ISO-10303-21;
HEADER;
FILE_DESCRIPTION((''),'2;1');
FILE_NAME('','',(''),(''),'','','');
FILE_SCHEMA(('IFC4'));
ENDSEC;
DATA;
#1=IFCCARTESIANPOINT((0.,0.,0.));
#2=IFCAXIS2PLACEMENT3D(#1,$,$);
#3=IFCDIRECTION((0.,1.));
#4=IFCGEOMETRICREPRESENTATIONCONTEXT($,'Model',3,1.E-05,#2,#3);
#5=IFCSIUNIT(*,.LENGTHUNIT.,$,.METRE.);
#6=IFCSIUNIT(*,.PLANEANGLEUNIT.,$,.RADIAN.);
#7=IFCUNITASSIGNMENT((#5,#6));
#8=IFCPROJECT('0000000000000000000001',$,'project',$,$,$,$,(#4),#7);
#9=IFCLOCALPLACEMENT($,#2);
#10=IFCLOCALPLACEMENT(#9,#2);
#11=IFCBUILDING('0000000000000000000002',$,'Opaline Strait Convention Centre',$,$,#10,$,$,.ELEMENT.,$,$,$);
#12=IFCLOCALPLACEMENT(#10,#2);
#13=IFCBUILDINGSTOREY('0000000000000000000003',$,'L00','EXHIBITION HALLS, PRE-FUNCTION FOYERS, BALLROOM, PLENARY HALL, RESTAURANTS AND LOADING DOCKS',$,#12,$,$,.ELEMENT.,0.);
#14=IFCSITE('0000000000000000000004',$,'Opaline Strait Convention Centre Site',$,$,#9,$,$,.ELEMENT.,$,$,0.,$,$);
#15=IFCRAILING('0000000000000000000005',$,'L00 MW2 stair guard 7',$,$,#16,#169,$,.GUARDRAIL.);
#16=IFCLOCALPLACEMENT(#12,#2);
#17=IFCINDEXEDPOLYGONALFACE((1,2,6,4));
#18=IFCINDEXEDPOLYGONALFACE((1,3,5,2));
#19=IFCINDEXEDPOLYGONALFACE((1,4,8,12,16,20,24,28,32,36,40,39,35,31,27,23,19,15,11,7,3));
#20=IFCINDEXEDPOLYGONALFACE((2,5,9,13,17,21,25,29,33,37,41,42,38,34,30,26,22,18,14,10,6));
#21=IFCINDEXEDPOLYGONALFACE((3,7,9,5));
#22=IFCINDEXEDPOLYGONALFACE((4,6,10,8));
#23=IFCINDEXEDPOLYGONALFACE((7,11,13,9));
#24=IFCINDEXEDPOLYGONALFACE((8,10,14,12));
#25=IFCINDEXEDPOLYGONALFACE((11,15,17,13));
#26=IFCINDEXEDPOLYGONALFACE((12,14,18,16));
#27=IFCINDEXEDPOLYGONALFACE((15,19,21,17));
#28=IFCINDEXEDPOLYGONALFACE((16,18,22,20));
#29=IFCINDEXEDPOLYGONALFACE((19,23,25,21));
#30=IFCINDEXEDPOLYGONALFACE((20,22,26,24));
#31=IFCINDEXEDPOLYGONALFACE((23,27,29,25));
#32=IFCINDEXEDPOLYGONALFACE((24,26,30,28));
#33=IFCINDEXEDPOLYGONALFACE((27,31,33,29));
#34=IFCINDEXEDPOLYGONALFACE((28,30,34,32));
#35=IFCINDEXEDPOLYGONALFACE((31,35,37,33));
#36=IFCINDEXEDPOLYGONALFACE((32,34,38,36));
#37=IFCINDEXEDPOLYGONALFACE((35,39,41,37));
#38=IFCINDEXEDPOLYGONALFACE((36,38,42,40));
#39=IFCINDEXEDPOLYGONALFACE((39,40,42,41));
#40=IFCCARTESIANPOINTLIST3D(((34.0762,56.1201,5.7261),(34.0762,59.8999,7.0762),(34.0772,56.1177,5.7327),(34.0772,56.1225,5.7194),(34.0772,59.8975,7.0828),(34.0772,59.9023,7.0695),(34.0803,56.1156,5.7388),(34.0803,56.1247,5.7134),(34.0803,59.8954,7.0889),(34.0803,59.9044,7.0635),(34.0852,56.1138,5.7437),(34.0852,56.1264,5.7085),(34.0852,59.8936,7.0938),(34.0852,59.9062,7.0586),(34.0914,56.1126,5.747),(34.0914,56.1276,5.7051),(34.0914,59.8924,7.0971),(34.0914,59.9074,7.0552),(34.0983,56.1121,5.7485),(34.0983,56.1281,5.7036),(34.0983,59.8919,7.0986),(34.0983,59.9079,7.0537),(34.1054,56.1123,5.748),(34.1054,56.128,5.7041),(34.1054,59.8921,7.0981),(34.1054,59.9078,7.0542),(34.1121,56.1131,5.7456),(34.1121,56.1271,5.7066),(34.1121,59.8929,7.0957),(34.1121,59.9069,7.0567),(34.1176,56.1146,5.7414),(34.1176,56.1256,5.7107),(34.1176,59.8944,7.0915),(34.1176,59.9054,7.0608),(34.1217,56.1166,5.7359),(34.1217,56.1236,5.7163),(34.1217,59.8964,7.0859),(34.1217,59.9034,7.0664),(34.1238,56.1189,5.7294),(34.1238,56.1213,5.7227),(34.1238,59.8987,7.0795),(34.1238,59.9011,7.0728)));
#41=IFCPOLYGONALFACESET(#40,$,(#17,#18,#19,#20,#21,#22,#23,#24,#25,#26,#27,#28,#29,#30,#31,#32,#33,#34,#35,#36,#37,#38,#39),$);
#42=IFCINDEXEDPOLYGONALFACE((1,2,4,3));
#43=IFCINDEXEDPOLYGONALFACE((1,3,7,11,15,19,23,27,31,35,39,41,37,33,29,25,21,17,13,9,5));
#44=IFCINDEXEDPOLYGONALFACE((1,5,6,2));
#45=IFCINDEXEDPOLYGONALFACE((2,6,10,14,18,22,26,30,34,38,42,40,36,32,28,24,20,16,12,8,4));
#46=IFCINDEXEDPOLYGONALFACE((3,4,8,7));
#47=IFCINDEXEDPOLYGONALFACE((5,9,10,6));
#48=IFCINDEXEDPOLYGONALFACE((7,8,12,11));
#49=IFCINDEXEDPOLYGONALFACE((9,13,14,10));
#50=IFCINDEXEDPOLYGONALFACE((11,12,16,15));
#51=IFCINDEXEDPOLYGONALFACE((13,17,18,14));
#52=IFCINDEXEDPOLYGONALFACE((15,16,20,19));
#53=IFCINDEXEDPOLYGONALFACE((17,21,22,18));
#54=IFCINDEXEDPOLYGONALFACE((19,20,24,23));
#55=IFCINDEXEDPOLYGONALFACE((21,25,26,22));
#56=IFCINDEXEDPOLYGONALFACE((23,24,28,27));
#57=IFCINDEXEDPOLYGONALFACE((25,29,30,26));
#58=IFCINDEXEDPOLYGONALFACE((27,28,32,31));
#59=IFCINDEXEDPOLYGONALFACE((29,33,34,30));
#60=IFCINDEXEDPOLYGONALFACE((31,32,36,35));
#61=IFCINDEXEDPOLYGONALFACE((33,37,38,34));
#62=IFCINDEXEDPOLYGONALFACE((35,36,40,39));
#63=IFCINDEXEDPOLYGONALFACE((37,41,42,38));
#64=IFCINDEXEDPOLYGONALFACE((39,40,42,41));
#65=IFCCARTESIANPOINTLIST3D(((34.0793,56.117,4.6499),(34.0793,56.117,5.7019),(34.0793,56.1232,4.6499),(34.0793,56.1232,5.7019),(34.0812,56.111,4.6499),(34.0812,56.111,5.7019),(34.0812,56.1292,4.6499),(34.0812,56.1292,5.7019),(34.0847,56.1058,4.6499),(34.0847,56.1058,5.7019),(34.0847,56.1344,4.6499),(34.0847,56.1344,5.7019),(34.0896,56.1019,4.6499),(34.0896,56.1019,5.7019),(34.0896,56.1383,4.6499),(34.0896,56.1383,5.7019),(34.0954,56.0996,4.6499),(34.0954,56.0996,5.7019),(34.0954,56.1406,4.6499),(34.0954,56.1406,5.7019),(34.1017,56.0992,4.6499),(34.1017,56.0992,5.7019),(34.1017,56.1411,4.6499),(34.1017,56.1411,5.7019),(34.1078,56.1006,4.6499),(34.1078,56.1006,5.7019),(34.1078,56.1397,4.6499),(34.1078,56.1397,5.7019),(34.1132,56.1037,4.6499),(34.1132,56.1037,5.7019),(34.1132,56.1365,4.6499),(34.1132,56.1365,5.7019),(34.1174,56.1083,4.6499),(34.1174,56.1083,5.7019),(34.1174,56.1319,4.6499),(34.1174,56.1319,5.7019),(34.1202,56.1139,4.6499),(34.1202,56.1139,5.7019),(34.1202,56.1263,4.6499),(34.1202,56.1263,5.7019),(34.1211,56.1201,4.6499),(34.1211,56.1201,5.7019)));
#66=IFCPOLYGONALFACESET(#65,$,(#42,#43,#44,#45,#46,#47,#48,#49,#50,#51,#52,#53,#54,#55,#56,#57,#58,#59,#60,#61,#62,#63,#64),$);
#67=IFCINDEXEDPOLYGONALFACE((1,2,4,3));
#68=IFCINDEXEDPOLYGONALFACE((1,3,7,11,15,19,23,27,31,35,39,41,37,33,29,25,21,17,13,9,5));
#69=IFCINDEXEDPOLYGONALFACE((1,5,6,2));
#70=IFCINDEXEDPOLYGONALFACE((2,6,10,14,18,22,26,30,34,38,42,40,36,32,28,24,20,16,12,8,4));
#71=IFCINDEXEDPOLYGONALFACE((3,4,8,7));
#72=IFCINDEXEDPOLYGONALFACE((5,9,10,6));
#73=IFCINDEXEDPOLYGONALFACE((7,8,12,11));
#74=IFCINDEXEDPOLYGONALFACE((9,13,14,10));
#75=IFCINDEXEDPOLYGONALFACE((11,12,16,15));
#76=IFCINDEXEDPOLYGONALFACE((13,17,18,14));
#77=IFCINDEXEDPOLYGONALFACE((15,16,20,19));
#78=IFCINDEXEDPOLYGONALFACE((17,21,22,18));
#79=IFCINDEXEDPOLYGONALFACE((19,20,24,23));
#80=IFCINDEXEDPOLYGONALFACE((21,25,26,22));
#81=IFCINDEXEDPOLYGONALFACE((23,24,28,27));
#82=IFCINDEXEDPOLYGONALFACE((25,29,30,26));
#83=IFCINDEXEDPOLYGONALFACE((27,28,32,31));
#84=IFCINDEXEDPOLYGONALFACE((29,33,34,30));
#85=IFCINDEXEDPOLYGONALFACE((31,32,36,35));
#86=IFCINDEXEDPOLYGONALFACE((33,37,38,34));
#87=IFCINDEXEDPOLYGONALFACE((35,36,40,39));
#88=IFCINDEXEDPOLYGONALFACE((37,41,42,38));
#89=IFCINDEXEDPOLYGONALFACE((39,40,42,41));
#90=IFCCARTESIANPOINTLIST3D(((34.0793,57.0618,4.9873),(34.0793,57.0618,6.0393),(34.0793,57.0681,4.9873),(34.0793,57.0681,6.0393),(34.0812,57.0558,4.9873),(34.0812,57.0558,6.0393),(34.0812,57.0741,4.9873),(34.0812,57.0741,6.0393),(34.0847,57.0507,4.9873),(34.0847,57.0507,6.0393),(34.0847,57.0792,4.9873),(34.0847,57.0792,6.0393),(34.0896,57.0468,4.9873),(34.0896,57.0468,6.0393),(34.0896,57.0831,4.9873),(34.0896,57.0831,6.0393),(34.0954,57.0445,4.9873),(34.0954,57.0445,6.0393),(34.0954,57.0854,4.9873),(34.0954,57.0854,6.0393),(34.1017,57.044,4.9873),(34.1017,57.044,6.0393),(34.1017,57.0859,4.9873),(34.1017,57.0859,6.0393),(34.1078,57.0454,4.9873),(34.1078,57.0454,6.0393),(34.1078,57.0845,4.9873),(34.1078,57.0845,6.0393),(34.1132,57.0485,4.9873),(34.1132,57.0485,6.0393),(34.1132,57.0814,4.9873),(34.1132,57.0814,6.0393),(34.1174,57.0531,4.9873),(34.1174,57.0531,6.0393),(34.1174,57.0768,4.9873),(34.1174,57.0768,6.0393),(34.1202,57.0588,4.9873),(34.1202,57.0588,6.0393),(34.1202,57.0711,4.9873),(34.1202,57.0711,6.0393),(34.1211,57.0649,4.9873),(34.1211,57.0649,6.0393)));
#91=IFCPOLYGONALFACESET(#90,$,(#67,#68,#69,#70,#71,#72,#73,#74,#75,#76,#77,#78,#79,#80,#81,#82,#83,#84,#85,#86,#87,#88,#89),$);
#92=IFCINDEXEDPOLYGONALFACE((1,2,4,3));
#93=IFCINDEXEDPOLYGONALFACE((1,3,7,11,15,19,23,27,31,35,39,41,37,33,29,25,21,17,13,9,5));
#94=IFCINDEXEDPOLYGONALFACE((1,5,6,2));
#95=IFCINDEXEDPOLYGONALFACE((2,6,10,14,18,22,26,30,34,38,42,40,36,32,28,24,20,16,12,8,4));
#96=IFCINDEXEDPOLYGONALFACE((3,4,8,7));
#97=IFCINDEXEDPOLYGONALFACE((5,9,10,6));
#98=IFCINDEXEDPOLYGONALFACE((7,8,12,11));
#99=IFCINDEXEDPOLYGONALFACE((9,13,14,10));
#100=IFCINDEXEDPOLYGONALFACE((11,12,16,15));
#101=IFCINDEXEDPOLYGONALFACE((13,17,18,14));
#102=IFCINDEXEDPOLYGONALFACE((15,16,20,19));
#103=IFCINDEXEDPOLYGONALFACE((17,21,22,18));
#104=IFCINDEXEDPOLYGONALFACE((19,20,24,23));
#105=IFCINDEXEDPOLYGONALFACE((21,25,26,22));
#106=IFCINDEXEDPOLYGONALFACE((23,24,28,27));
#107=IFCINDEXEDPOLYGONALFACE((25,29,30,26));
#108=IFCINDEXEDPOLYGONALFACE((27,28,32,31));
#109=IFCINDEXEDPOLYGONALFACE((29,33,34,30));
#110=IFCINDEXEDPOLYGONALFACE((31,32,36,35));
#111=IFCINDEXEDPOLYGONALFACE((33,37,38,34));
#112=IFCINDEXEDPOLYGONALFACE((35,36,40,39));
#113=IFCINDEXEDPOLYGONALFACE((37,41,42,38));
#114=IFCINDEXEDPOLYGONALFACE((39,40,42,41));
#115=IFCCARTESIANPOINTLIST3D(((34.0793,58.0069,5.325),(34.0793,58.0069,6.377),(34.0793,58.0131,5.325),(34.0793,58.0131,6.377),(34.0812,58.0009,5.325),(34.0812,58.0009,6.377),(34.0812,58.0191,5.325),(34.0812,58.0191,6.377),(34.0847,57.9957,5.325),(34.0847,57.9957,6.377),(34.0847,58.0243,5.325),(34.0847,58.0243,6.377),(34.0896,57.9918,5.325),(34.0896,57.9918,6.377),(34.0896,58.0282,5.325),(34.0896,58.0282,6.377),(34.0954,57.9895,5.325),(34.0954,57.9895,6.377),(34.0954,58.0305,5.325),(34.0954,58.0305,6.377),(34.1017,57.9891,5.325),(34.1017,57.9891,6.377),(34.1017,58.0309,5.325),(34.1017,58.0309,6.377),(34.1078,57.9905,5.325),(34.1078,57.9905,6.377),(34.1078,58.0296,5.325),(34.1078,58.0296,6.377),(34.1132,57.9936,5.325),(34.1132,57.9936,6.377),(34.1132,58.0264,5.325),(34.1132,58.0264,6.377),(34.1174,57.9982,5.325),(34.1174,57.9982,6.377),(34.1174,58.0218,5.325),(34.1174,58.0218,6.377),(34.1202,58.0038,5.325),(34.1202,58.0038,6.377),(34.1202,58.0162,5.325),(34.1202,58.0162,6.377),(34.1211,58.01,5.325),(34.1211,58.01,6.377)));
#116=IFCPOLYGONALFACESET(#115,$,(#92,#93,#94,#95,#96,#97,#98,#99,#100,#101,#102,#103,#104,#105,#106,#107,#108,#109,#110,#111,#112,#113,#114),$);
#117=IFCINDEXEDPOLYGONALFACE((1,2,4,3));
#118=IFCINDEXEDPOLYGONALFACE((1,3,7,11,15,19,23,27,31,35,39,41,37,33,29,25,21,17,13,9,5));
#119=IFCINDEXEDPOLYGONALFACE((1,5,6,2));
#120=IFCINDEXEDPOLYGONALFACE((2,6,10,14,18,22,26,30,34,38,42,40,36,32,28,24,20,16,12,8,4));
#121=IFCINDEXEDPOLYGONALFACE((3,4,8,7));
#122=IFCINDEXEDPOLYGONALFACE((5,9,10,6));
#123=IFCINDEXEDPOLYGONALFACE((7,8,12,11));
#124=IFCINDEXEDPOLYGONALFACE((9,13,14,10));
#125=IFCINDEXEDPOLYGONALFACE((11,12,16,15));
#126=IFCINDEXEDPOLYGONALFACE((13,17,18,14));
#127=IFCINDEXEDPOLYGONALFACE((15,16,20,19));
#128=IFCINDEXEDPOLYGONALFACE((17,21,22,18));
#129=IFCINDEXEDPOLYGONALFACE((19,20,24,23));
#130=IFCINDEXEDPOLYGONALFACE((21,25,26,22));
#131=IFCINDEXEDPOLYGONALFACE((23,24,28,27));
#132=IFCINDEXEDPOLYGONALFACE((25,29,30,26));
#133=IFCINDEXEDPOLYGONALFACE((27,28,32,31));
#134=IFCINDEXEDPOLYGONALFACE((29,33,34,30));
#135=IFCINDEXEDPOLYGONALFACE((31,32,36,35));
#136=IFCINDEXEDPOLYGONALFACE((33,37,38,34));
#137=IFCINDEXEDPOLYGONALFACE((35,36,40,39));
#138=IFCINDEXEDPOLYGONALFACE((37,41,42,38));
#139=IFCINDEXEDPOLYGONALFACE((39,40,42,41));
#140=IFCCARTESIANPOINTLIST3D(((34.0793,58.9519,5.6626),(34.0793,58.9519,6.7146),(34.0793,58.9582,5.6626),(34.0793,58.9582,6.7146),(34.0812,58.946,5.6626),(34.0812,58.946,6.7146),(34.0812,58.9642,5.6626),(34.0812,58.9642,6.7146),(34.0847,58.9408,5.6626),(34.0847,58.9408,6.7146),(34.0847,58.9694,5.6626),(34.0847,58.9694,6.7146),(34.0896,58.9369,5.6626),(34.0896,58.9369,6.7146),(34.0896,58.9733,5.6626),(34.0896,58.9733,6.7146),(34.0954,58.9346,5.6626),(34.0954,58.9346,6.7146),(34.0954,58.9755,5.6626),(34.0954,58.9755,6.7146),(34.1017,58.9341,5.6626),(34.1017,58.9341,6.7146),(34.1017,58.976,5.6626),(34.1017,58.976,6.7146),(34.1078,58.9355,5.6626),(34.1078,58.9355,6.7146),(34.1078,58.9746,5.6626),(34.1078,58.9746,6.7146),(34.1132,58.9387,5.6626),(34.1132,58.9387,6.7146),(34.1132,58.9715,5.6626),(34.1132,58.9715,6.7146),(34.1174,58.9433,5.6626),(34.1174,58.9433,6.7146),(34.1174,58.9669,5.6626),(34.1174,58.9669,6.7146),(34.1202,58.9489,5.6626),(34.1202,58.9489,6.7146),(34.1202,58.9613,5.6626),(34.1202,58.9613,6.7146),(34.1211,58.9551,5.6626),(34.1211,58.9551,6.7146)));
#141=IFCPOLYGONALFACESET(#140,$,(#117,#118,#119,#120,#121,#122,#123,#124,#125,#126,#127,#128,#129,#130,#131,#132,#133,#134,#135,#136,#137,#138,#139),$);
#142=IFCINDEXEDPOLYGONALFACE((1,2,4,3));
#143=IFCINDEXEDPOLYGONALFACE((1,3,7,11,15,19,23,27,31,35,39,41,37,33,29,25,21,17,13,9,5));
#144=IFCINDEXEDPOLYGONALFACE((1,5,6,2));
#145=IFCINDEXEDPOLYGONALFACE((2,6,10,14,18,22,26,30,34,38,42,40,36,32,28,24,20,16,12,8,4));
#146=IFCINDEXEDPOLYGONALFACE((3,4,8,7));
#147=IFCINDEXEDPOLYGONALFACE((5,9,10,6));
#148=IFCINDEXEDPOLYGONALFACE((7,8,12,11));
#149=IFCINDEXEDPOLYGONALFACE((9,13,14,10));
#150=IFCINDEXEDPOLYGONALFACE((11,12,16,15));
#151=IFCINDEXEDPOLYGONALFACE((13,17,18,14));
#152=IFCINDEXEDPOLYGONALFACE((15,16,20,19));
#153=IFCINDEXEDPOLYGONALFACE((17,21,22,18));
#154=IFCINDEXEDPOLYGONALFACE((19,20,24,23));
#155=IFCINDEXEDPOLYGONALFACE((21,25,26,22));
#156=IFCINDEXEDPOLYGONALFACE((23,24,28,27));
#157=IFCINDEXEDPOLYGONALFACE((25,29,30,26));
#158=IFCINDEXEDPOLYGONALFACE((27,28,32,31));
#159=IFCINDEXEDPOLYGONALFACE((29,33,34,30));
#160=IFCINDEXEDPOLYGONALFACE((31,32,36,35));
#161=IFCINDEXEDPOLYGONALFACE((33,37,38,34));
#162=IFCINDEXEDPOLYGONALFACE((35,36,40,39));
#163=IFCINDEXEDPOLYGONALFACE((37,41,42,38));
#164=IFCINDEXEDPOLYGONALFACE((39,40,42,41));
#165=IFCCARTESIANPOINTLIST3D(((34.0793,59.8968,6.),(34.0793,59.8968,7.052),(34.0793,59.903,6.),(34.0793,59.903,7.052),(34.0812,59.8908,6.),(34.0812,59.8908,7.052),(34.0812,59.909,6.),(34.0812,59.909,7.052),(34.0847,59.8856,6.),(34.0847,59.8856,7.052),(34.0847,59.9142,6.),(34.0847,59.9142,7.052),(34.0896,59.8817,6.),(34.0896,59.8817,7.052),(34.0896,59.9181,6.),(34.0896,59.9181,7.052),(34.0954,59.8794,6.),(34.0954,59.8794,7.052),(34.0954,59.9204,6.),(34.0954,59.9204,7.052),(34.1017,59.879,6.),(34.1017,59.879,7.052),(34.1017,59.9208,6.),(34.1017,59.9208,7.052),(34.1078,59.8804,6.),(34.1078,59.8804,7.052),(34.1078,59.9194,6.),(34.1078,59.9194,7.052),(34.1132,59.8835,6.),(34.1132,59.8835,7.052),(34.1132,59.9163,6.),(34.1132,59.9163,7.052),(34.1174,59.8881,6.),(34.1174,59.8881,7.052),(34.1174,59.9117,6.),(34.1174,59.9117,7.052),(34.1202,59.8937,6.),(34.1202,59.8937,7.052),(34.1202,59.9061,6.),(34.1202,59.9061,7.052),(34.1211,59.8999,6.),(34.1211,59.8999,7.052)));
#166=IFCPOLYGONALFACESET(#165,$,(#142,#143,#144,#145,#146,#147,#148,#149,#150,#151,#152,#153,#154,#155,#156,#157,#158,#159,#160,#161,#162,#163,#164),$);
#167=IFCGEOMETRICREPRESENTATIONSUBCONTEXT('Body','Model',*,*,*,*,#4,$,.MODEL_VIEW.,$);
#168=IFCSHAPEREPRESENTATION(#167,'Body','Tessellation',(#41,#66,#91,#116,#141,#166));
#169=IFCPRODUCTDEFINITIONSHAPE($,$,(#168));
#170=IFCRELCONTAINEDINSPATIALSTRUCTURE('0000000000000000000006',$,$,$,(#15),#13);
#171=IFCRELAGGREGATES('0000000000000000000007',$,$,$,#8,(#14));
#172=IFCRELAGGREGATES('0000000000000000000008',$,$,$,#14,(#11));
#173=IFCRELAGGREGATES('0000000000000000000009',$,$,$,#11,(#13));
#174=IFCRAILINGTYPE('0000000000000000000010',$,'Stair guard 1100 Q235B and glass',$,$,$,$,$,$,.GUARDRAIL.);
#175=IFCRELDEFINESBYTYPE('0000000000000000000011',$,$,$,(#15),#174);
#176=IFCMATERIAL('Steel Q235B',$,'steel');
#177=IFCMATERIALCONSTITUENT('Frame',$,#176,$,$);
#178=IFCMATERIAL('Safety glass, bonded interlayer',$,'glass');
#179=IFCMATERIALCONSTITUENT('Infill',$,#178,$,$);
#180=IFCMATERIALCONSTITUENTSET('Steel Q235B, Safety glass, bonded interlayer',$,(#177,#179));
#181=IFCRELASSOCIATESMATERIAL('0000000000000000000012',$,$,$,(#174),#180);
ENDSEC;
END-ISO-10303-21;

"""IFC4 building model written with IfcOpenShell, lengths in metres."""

from ifc_helpers import new_model, si_unit, direction, frame, origin, origin_2d, place, context, subcontext, project, spatial, circle, extrude, material, constituent, constituent_set, type_object, element, save


model = new_model("IFC4")

# Units and contexts
model_context = context("Model", 3, precision=1e-05, world=origin(), true_north=direction((0.0, 1.0)))
body_context = subcontext(model_context, "Body", "Model", "MODEL_VIEW")
ifc_project = project(units=[si_unit("LENGTHUNIT", "METRE"), si_unit("PLANEANGLEUNIT", "RADIAN")], contexts=[model_context])

# Site, building, storey
site_placement = place(None, origin())
site = spatial("IfcSite", under=ifc_project, at=site_placement, Name="Opaline Strait Convention Centre Site", CompositionType="ELEMENT", RefElevation=0.0)
building_placement = place(site_placement, origin())
building = spatial("IfcBuilding", under=site, at=building_placement, Name="Opaline Strait Convention Centre", CompositionType="ELEMENT")
storey_placement = place(building_placement, origin())
storey = spatial("IfcBuildingStorey", under=building, at=storey_placement, Name="L00", Description="EXHIBITION HALLS, PRE-FUNCTION FOYERS, BALLROOM, PLENARY HALL, RESTAURANTS AND LOADING DOCKS", CompositionType="ELEMENT", Elevation=0.0)

# Railing
ifc_material_1 = material(Name="Steel Q235B", Category="steel")
ifc_constituent_1 = constituent(ifc_material_1, Name="Frame")
ifc_material_2 = material(Name="Safety glass, bonded interlayer", Category="glass")
ifc_constituent_2 = constituent(ifc_material_2, Name="Infill")
ifc_constituent_set = constituent_set(constituents=[ifc_constituent_1, ifc_constituent_2], Name="Steel Q235B, Safety glass, bonded interlayer")
railing_type_1 = type_object("IfcRailingType", Name="Stair guard 1100 Q235B and glass", PredefinedType="GUARDRAIL", material=ifc_constituent_set)
railing_1_placement = place(storey_placement, frame((34.1001, 56.1201, 4.6499)))
element("IfcRailing", 1, at=railing_1_placement, inside=storey, type_object=railing_type_1, Name="L00 MW2 stair guard 7", PredefinedType="GUARDRAIL", context=body_context, shape_type="SweptSolid", body=[
    extrude(circle(Radius=0.0239, at=origin_2d()), frame((0.0, 0.0, 1.0762), z_axis=(0.0, 0.941728, 0.336375), x_axis=(-1.0, 0.0, 0.0)), (0.0, 0.0, 1.0), 4.0137),
    extrude(circle(Radius=0.021, at=origin_2d()), origin(), (0.0, 0.0, 1.0), 1.052),
    extrude(circle(Radius=0.021, at=origin_2d()), frame((0.0, 0.9448, 0.3374)), (0.0, 0.0, 1.0), 1.052),
    extrude(circle(Radius=0.021, at=origin_2d()), frame((0.0, 1.8899, 0.675)), (0.0, 0.0, 1.0), 1.052),
    extrude(circle(Radius=0.021, at=origin_2d()), frame((0.0, 2.835, 1.0127)), (0.0, 0.0, 1.0), 1.052),
    extrude(circle(Radius=0.021, at=origin_2d()), frame((0.0, 3.7798, 1.3501)), (0.0, 0.0, 1.0), 1.052),
])

save(model, "model.ifc")
